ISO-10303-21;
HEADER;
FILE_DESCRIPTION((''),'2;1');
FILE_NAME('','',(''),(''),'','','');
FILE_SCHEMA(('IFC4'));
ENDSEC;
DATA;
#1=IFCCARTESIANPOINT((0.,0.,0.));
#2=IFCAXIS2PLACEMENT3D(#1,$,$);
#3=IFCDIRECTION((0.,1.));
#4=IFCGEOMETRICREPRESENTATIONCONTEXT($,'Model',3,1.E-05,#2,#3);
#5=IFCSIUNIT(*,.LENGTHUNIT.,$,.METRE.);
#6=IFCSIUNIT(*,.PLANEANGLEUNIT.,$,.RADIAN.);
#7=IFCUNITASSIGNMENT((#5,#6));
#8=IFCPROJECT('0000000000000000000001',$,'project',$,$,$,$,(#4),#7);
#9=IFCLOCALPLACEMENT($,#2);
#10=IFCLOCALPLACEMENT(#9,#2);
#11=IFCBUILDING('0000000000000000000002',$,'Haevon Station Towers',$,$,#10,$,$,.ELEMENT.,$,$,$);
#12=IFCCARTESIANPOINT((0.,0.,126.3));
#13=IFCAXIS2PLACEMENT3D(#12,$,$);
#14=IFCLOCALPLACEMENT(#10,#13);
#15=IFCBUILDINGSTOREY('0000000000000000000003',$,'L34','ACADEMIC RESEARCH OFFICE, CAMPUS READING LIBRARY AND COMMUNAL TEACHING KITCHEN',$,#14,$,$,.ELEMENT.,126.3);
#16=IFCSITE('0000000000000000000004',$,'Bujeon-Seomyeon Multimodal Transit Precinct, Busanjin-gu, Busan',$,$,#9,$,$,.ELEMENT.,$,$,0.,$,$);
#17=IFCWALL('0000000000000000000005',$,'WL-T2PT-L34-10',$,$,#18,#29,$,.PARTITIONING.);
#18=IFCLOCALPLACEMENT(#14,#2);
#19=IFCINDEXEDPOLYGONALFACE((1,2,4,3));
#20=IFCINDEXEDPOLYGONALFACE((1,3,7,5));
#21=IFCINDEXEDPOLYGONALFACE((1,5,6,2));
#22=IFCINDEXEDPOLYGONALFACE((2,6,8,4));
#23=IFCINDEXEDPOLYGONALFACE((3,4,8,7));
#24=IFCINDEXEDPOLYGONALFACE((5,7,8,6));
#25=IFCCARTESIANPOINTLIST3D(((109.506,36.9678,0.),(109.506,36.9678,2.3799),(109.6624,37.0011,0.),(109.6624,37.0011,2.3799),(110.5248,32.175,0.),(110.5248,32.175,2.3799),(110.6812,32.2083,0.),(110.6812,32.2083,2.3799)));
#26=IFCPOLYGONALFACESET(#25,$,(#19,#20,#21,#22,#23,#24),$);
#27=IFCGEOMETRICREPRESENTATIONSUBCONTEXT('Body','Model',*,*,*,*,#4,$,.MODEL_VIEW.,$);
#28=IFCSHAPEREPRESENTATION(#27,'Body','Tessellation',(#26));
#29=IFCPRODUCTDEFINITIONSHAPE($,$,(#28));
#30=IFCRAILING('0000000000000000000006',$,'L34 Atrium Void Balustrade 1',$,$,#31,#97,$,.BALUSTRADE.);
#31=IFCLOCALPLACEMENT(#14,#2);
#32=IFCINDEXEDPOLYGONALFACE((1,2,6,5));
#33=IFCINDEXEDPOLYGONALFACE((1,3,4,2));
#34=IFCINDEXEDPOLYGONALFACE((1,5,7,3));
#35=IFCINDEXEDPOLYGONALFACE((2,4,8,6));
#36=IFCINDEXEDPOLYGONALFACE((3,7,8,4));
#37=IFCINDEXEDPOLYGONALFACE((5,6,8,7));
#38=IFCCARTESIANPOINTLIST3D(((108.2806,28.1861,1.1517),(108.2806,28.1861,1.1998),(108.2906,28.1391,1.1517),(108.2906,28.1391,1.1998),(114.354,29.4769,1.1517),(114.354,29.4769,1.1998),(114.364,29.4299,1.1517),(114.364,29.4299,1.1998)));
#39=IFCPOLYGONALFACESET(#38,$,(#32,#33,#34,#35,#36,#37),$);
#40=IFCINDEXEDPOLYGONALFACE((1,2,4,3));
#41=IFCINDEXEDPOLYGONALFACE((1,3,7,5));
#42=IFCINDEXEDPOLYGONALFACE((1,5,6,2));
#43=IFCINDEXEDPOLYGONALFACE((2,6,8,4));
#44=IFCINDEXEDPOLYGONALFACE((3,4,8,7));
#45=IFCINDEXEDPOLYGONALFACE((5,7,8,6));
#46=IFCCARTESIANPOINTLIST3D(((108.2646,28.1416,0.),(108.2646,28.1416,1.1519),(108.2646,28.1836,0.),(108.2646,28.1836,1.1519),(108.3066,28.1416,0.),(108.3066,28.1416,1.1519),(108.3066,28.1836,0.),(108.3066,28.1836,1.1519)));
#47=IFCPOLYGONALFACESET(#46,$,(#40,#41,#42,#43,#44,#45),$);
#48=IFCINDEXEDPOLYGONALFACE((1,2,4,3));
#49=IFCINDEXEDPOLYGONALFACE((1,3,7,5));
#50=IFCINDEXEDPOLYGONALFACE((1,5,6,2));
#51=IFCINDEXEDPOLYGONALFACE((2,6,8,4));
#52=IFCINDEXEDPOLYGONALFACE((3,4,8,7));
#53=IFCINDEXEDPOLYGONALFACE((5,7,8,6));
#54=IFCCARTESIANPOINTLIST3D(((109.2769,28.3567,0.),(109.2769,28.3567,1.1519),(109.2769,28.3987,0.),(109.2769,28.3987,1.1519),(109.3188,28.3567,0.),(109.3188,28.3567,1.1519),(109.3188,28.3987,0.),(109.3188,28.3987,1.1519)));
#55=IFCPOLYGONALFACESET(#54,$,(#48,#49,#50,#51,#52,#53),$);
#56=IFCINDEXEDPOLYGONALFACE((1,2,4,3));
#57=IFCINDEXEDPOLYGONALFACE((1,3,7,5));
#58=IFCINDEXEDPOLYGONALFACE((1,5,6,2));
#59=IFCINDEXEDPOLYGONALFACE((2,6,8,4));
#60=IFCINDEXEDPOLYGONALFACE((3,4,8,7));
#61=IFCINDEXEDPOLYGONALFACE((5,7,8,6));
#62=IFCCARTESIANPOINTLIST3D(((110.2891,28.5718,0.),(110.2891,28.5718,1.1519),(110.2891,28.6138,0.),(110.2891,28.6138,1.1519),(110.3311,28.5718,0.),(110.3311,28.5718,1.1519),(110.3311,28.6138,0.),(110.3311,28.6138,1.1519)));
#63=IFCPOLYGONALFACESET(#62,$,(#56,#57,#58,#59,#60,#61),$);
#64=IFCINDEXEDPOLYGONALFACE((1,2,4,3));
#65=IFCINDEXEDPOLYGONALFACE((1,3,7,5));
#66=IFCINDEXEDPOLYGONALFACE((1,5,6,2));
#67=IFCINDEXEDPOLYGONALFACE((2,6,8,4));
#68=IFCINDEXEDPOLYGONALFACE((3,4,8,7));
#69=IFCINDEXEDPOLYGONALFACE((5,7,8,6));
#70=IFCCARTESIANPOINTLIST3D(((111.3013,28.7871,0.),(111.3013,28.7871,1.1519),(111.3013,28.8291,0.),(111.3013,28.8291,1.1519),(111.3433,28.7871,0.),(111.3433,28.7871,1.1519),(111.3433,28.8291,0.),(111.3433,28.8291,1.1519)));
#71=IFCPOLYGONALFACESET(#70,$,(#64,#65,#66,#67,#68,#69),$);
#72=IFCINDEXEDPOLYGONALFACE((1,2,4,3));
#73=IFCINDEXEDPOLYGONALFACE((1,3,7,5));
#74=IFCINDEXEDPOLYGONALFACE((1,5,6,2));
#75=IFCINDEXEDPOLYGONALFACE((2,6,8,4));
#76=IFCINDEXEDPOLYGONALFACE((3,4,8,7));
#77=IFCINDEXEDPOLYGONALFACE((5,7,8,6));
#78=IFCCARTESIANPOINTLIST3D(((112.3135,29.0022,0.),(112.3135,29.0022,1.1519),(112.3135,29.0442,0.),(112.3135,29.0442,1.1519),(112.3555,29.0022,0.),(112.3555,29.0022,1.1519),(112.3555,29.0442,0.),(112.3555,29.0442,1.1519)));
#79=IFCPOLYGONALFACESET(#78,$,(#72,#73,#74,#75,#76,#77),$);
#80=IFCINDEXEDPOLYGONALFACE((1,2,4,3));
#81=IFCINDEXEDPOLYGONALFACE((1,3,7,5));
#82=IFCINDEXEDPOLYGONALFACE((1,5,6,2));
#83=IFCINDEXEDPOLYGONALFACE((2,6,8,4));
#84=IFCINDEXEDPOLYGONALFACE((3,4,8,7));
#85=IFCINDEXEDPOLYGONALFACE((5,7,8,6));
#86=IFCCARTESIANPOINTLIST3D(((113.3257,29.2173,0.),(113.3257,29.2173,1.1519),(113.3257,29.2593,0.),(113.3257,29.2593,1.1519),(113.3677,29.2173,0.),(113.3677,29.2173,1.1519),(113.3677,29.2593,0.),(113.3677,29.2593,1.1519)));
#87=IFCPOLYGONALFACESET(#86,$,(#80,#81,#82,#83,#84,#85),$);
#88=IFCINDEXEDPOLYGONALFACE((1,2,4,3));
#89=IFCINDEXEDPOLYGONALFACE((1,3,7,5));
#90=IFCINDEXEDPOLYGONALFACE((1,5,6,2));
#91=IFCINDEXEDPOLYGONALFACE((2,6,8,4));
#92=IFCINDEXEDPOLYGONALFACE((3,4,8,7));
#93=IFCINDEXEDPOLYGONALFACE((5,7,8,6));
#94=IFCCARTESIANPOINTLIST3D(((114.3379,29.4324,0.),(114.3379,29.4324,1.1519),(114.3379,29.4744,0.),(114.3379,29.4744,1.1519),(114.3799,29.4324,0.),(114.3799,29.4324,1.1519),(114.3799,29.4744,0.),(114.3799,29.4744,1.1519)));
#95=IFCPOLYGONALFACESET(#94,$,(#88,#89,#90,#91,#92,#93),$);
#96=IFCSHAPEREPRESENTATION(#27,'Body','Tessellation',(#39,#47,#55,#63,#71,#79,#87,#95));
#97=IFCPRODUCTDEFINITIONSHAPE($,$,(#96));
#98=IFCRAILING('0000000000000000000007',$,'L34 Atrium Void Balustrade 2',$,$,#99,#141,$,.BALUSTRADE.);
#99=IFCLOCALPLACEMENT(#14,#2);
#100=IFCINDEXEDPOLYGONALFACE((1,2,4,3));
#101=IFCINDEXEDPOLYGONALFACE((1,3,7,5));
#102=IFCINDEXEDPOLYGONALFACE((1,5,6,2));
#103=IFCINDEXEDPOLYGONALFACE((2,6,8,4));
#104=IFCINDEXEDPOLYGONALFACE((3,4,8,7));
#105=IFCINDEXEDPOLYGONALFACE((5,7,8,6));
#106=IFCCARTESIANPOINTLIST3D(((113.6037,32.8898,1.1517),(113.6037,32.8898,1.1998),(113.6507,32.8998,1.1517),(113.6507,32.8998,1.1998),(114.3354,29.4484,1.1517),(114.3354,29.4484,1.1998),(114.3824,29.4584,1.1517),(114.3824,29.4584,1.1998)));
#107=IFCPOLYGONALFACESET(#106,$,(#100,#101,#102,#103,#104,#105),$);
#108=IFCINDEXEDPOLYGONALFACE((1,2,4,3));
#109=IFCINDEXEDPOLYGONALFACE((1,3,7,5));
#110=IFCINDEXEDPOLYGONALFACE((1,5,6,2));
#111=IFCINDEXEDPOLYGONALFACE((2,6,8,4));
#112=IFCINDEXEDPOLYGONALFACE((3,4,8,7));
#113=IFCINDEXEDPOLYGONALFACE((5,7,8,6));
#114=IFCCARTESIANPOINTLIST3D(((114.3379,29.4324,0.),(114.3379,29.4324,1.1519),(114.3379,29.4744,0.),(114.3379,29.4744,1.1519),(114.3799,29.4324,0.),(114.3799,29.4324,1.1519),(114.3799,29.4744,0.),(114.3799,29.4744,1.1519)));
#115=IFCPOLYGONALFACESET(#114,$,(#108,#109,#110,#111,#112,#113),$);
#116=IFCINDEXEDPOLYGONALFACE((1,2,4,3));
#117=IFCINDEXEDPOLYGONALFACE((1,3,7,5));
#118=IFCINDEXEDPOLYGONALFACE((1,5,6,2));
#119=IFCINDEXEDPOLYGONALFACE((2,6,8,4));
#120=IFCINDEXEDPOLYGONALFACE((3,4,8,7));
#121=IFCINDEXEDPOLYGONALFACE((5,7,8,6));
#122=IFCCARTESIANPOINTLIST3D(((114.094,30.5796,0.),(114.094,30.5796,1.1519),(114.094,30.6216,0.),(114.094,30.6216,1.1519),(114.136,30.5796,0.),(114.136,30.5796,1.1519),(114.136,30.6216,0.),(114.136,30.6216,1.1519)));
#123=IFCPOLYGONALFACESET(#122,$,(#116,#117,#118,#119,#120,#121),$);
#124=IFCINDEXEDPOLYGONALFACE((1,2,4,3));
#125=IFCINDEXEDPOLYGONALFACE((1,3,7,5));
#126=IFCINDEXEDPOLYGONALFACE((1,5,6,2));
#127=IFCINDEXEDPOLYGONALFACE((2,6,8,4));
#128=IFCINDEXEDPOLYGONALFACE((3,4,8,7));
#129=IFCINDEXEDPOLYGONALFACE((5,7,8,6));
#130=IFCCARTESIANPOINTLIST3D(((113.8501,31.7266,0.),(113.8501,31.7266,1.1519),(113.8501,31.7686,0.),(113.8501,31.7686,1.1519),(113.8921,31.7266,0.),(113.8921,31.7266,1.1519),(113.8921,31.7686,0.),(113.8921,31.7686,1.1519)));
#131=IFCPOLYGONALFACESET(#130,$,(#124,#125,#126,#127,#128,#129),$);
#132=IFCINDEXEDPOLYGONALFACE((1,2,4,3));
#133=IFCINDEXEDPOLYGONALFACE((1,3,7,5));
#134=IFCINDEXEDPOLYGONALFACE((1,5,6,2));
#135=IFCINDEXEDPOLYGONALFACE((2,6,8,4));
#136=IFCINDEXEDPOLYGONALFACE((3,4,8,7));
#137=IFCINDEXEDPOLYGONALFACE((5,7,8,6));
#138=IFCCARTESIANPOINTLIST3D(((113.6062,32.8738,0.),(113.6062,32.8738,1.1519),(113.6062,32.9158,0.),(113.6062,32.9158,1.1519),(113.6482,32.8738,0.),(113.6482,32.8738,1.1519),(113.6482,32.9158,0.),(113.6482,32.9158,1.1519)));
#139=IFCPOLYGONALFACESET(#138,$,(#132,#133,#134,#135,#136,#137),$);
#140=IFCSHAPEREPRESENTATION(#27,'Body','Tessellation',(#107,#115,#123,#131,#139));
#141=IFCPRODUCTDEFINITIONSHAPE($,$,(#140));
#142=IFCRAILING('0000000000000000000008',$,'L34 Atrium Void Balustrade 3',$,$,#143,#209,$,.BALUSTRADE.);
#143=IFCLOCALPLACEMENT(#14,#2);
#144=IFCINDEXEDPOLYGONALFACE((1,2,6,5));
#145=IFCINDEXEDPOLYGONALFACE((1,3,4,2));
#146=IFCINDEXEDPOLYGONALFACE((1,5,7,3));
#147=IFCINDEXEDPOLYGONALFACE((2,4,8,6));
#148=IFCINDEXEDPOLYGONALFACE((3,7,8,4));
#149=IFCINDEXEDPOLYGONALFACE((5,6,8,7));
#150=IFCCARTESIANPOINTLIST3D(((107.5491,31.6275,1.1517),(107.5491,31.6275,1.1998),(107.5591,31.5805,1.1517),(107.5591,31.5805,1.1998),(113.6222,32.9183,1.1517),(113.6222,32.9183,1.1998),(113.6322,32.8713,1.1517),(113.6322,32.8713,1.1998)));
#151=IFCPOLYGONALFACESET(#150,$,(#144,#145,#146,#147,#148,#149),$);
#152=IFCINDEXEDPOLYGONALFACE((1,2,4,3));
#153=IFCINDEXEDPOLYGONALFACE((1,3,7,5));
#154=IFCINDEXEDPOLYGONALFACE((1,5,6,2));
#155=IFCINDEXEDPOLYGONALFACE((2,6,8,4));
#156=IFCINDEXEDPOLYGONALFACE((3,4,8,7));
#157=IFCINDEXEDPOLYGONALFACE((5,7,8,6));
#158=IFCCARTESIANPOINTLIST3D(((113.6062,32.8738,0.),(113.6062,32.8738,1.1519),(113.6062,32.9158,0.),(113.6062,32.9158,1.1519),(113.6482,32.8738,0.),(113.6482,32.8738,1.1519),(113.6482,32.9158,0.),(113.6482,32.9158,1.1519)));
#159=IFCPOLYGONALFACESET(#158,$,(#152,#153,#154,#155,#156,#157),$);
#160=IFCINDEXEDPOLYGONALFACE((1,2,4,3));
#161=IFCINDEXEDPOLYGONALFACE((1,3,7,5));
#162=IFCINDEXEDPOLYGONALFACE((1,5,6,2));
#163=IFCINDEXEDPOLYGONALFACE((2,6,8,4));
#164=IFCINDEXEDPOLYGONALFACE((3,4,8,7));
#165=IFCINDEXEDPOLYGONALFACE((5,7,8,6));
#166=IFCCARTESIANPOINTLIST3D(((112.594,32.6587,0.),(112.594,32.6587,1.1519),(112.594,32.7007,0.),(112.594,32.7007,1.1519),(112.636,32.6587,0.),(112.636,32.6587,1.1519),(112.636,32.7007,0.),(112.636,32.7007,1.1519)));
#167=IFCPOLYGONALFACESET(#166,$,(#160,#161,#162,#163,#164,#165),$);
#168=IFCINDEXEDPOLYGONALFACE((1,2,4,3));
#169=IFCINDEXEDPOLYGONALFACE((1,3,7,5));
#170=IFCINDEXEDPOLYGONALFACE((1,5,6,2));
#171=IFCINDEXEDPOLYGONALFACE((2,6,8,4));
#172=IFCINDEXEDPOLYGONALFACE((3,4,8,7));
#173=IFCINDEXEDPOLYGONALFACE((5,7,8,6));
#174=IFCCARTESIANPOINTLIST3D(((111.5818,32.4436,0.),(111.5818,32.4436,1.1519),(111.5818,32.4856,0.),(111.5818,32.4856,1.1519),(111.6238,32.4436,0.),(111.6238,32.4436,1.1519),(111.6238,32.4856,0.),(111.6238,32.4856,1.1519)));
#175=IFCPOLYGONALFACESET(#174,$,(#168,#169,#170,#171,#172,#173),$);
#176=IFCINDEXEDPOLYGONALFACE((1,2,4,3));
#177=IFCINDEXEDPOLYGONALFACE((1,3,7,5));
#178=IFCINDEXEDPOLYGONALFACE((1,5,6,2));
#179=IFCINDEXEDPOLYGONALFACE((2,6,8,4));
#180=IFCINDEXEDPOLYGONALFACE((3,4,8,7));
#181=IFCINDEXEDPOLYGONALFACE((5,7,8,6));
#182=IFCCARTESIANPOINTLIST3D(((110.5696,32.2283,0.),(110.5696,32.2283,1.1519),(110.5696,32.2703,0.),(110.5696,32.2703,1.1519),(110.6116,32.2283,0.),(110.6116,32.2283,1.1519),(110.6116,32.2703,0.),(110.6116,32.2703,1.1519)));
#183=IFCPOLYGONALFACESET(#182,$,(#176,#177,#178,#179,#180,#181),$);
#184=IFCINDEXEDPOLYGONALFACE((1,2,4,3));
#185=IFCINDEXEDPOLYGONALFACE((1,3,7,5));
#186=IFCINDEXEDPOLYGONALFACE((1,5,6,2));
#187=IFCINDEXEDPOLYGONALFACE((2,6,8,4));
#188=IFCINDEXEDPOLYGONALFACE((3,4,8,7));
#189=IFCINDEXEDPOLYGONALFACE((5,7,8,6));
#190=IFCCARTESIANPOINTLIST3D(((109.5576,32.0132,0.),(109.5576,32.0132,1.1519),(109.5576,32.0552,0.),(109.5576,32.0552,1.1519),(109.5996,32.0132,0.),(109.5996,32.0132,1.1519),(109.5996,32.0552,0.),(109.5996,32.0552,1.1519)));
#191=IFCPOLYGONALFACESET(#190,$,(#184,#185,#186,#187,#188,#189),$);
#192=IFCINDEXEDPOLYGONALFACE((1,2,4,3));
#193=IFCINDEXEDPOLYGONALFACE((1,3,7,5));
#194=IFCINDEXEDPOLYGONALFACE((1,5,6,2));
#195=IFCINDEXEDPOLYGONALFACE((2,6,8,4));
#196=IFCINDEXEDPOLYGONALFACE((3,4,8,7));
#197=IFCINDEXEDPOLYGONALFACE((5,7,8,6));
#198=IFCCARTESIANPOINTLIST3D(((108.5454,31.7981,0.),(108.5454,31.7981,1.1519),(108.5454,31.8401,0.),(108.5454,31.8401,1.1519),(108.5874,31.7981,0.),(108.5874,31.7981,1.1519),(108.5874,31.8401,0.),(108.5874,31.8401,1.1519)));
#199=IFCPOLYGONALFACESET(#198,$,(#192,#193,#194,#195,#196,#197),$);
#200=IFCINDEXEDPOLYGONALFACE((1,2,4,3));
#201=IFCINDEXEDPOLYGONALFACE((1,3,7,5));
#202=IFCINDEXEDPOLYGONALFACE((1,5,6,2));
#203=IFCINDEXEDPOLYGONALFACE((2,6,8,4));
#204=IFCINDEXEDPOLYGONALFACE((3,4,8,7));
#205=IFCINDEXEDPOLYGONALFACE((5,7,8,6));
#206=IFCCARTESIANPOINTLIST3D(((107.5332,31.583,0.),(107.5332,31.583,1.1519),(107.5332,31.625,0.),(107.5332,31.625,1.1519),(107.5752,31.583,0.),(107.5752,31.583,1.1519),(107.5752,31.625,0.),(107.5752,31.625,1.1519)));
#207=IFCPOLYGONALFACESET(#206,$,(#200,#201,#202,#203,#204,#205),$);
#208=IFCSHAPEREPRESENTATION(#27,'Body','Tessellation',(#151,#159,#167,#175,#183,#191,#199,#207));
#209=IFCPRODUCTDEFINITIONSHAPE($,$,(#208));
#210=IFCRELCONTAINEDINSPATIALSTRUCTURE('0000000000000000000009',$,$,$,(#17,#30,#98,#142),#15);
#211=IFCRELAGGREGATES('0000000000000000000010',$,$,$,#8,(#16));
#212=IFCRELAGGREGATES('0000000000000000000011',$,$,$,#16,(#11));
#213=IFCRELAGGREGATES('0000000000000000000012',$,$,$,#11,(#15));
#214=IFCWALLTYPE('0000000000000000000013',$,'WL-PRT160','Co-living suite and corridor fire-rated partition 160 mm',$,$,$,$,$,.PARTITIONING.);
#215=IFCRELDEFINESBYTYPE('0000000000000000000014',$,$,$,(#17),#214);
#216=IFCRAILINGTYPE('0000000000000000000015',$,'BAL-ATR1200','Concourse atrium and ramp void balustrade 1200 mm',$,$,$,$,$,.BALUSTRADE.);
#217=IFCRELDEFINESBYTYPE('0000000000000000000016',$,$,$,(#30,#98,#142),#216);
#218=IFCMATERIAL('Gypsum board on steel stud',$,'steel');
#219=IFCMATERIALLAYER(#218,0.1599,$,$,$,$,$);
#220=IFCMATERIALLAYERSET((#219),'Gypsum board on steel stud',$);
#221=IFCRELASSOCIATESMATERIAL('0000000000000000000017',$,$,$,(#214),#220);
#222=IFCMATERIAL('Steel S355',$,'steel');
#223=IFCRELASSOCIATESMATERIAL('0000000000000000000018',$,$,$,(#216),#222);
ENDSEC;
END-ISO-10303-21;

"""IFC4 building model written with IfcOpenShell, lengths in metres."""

from ifc_helpers import new_model, si_unit, direction, frame, frame_2d, origin, origin_2d, place, context, subcontext, project, spatial, rectangle, extrude, material, layer, layer_set, type_object, element, save


model = new_model("IFC4")

# Units and contexts
model_context = context("Model", 3, precision=1e-05, world=origin(), true_north=direction((0.0, 1.0)))
body_context = subcontext(model_context, "Body", "Model", "MODEL_VIEW")
ifc_project = project(units=[si_unit("LENGTHUNIT", "METRE"), si_unit("PLANEANGLEUNIT", "RADIAN")], contexts=[model_context])

# Site, building, storey
site_placement = place(None, origin())
site = spatial("IfcSite", under=ifc_project, at=site_placement, Name="Bujeon-Seomyeon Multimodal Transit Precinct, Busanjin-gu, Busan", CompositionType="ELEMENT", RefElevation=0.0)
building_placement = place(site_placement, origin())
building = spatial("IfcBuilding", under=site, at=building_placement, Name="Haevon Station Towers", CompositionType="ELEMENT")
storey_placement = place(building_placement, frame((0.0, 0.0, 126.3)))
storey = spatial("IfcBuildingStorey", under=building, at=storey_placement, Name="L34", Description="ACADEMIC RESEARCH OFFICE, CAMPUS READING LIBRARY AND COMMUNAL TEACHING KITCHEN", CompositionType="ELEMENT", Elevation=126.3)

# Shared definitions
ifc_material_1 = material(Name="Steel S355", Category="steel")

# Shared definitions
ifc_material_2 = material(Name="Gypsum board on steel stud", Category="steel")

# Wall
ifc_layer_1 = layer(ifc_material_2, 0.1599)
ifc_layer_set_1 = layer_set([ifc_layer_1], Name="Gypsum board on steel stud")
wall_type_1 = type_object("IfcWallType", Name="WL-PRT160", Description="Co-living suite and corridor fire-rated partition 160 mm", PredefinedType="PARTITIONING", material=ifc_layer_set_1)
wall_1_placement = place(storey_placement, frame((110.603, 32.1917, 0.0), z_axis=(0.0, 0.0, 1.0), x_axis=(-0.207926, 0.978145, 0.0)))
element("IfcWall", 1, at=wall_1_placement, inside=storey, type_object=wall_type_1, Name="WL-T2PT-L34-10", PredefinedType="PARTITIONING", context=body_context, shape_type="SweptSolid", body=[
    extrude(rectangle(XDim=4.8999, YDim=0.1599, at=frame_2d((2.45, 0.0))), origin(), (0.0, 0.0, 1.0), 2.3799),
])

# Railings
railing_type = type_object("IfcRailingType", Name="BAL-ATR1200", Description="Concourse atrium and ramp void balustrade 1200 mm", PredefinedType="BALUSTRADE", material=ifc_material_1)
railing_1_placement = place(storey_placement, frame((108.2856, 28.1626, 0.0)))
element("IfcRailing", 2, at=railing_1_placement, inside=storey, type_object=railing_type, Name="L34 Atrium Void Balustrade 1", PredefinedType="BALUSTRADE", context=body_context, shape_type="SweptSolid", body=[
    extrude(rectangle(XDim=0.0481, YDim=0.0481, at=origin_2d()), frame((0.0, 0.0, 1.1758), z_axis=(0.978152, 0.207891, 0.0), x_axis=(-0.207891, 0.978152, 0.0)), (0.0, 0.0, 1.0), 6.209),
    extrude(rectangle(XDim=0.042, YDim=0.042, at=origin_2d()), origin(), (0.0, 0.0, 1.0), 1.1519),
    extrude(rectangle(XDim=0.042, YDim=0.042, at=origin_2d()), frame((1.0122, 0.2151, 0.0)), (0.0, 0.0, 1.0), 1.1519),
    extrude(rectangle(XDim=0.042, YDim=0.042, at=origin_2d()), frame((2.0244, 0.4302, 0.0)), (0.0, 0.0, 1.0), 1.1519),
    extrude(rectangle(XDim=0.042, YDim=0.042, at=origin_2d()), frame((3.0366, 0.6455, 0.0)), (0.0, 0.0, 1.0), 1.1519),
    extrude(rectangle(XDim=0.042, YDim=0.042, at=origin_2d()), frame((4.0488, 0.8606, 0.0)), (0.0, 0.0, 1.0), 1.1519),
    extrude(rectangle(XDim=0.042, YDim=0.042, at=origin_2d()), frame((5.061, 1.0757, 0.0)), (0.0, 0.0, 1.0), 1.1519),
    extrude(rectangle(XDim=0.042, YDim=0.042, at=origin_2d()), frame((6.0732, 1.2908, 0.0)), (0.0, 0.0, 1.0), 1.1519),
])
railing_2_placement = place(storey_placement, frame((114.3589, 29.4534, 0.0)))
element("IfcRailing", 3, at=railing_2_placement, inside=storey, type_object=railing_type, Name="L34 Atrium Void Balustrade 2", PredefinedType="BALUSTRADE", context=body_context, shape_type="SweptSolid", body=[
    extrude(rectangle(XDim=0.0481, YDim=0.0481, at=origin_2d()), frame((0.0, 0.0, 1.1758), z_axis=(-0.207965, 0.978136, 0.0), x_axis=(-0.978136, -0.207965, 0.0)), (0.0, 0.0, 1.0), 3.5183),
    extrude(rectangle(XDim=0.042, YDim=0.042, at=origin_2d()), origin(), (0.0, 0.0, 1.0), 1.1519),
    extrude(rectangle(XDim=0.042, YDim=0.042, at=origin_2d()), frame((-0.2439, 1.1472, 0.0)), (0.0, 0.0, 1.0), 1.1519),
    extrude(rectangle(XDim=0.042, YDim=0.042, at=origin_2d()), frame((-0.4878, 2.2942, 0.0)), (0.0, 0.0, 1.0), 1.1519),
    extrude(rectangle(XDim=0.042, YDim=0.042, at=origin_2d()), frame((-0.7317, 3.4414, 0.0)), (0.0, 0.0, 1.0), 1.1519),
])
railing_3_placement = place(storey_placement, frame((113.6272, 32.8948, 0.0)))
element("IfcRailing", 4, at=railing_3_placement, inside=storey, type_object=railing_type, Name="L34 Atrium Void Balustrade 3", PredefinedType="BALUSTRADE", context=body_context, shape_type="SweptSolid", body=[
    extrude(rectangle(XDim=0.0481, YDim=0.0481, at=origin_2d()), frame((0.0, 0.0, 1.1758), z_axis=(-0.97815, -0.207899, 0.0), x_axis=(0.207899, -0.97815, 0.0)), (0.0, 0.0, 1.0), 6.2087),
    extrude(rectangle(XDim=0.042, YDim=0.042, at=origin_2d()), origin(), (0.0, 0.0, 1.0), 1.1519),
    extrude(rectangle(XDim=0.042, YDim=0.042, at=origin_2d()), frame((-1.0122, -0.2151, 0.0)), (0.0, 0.0, 1.0), 1.1519),
    extrude(rectangle(XDim=0.042, YDim=0.042, at=origin_2d()), frame((-2.0244, -0.4302, 0.0)), (0.0, 0.0, 1.0), 1.1519),
    extrude(rectangle(XDim=0.042, YDim=0.042, at=origin_2d()), frame((-3.0366, -0.6455, 0.0)), (0.0, 0.0, 1.0), 1.1519),
    extrude(rectangle(XDim=0.042, YDim=0.042, at=origin_2d()), frame((-4.0486, -0.8606, 0.0)), (0.0, 0.0, 1.0), 1.1519),
    extrude(rectangle(XDim=0.042, YDim=0.042, at=origin_2d()), frame((-5.0608, -1.0757, 0.0)), (0.0, 0.0, 1.0), 1.1519),
    extrude(rectangle(XDim=0.042, YDim=0.042, at=origin_2d()), frame((-6.073, -1.2908, 0.0)), (0.0, 0.0, 1.0), 1.1519),
])

save(model, "model.ifc")
